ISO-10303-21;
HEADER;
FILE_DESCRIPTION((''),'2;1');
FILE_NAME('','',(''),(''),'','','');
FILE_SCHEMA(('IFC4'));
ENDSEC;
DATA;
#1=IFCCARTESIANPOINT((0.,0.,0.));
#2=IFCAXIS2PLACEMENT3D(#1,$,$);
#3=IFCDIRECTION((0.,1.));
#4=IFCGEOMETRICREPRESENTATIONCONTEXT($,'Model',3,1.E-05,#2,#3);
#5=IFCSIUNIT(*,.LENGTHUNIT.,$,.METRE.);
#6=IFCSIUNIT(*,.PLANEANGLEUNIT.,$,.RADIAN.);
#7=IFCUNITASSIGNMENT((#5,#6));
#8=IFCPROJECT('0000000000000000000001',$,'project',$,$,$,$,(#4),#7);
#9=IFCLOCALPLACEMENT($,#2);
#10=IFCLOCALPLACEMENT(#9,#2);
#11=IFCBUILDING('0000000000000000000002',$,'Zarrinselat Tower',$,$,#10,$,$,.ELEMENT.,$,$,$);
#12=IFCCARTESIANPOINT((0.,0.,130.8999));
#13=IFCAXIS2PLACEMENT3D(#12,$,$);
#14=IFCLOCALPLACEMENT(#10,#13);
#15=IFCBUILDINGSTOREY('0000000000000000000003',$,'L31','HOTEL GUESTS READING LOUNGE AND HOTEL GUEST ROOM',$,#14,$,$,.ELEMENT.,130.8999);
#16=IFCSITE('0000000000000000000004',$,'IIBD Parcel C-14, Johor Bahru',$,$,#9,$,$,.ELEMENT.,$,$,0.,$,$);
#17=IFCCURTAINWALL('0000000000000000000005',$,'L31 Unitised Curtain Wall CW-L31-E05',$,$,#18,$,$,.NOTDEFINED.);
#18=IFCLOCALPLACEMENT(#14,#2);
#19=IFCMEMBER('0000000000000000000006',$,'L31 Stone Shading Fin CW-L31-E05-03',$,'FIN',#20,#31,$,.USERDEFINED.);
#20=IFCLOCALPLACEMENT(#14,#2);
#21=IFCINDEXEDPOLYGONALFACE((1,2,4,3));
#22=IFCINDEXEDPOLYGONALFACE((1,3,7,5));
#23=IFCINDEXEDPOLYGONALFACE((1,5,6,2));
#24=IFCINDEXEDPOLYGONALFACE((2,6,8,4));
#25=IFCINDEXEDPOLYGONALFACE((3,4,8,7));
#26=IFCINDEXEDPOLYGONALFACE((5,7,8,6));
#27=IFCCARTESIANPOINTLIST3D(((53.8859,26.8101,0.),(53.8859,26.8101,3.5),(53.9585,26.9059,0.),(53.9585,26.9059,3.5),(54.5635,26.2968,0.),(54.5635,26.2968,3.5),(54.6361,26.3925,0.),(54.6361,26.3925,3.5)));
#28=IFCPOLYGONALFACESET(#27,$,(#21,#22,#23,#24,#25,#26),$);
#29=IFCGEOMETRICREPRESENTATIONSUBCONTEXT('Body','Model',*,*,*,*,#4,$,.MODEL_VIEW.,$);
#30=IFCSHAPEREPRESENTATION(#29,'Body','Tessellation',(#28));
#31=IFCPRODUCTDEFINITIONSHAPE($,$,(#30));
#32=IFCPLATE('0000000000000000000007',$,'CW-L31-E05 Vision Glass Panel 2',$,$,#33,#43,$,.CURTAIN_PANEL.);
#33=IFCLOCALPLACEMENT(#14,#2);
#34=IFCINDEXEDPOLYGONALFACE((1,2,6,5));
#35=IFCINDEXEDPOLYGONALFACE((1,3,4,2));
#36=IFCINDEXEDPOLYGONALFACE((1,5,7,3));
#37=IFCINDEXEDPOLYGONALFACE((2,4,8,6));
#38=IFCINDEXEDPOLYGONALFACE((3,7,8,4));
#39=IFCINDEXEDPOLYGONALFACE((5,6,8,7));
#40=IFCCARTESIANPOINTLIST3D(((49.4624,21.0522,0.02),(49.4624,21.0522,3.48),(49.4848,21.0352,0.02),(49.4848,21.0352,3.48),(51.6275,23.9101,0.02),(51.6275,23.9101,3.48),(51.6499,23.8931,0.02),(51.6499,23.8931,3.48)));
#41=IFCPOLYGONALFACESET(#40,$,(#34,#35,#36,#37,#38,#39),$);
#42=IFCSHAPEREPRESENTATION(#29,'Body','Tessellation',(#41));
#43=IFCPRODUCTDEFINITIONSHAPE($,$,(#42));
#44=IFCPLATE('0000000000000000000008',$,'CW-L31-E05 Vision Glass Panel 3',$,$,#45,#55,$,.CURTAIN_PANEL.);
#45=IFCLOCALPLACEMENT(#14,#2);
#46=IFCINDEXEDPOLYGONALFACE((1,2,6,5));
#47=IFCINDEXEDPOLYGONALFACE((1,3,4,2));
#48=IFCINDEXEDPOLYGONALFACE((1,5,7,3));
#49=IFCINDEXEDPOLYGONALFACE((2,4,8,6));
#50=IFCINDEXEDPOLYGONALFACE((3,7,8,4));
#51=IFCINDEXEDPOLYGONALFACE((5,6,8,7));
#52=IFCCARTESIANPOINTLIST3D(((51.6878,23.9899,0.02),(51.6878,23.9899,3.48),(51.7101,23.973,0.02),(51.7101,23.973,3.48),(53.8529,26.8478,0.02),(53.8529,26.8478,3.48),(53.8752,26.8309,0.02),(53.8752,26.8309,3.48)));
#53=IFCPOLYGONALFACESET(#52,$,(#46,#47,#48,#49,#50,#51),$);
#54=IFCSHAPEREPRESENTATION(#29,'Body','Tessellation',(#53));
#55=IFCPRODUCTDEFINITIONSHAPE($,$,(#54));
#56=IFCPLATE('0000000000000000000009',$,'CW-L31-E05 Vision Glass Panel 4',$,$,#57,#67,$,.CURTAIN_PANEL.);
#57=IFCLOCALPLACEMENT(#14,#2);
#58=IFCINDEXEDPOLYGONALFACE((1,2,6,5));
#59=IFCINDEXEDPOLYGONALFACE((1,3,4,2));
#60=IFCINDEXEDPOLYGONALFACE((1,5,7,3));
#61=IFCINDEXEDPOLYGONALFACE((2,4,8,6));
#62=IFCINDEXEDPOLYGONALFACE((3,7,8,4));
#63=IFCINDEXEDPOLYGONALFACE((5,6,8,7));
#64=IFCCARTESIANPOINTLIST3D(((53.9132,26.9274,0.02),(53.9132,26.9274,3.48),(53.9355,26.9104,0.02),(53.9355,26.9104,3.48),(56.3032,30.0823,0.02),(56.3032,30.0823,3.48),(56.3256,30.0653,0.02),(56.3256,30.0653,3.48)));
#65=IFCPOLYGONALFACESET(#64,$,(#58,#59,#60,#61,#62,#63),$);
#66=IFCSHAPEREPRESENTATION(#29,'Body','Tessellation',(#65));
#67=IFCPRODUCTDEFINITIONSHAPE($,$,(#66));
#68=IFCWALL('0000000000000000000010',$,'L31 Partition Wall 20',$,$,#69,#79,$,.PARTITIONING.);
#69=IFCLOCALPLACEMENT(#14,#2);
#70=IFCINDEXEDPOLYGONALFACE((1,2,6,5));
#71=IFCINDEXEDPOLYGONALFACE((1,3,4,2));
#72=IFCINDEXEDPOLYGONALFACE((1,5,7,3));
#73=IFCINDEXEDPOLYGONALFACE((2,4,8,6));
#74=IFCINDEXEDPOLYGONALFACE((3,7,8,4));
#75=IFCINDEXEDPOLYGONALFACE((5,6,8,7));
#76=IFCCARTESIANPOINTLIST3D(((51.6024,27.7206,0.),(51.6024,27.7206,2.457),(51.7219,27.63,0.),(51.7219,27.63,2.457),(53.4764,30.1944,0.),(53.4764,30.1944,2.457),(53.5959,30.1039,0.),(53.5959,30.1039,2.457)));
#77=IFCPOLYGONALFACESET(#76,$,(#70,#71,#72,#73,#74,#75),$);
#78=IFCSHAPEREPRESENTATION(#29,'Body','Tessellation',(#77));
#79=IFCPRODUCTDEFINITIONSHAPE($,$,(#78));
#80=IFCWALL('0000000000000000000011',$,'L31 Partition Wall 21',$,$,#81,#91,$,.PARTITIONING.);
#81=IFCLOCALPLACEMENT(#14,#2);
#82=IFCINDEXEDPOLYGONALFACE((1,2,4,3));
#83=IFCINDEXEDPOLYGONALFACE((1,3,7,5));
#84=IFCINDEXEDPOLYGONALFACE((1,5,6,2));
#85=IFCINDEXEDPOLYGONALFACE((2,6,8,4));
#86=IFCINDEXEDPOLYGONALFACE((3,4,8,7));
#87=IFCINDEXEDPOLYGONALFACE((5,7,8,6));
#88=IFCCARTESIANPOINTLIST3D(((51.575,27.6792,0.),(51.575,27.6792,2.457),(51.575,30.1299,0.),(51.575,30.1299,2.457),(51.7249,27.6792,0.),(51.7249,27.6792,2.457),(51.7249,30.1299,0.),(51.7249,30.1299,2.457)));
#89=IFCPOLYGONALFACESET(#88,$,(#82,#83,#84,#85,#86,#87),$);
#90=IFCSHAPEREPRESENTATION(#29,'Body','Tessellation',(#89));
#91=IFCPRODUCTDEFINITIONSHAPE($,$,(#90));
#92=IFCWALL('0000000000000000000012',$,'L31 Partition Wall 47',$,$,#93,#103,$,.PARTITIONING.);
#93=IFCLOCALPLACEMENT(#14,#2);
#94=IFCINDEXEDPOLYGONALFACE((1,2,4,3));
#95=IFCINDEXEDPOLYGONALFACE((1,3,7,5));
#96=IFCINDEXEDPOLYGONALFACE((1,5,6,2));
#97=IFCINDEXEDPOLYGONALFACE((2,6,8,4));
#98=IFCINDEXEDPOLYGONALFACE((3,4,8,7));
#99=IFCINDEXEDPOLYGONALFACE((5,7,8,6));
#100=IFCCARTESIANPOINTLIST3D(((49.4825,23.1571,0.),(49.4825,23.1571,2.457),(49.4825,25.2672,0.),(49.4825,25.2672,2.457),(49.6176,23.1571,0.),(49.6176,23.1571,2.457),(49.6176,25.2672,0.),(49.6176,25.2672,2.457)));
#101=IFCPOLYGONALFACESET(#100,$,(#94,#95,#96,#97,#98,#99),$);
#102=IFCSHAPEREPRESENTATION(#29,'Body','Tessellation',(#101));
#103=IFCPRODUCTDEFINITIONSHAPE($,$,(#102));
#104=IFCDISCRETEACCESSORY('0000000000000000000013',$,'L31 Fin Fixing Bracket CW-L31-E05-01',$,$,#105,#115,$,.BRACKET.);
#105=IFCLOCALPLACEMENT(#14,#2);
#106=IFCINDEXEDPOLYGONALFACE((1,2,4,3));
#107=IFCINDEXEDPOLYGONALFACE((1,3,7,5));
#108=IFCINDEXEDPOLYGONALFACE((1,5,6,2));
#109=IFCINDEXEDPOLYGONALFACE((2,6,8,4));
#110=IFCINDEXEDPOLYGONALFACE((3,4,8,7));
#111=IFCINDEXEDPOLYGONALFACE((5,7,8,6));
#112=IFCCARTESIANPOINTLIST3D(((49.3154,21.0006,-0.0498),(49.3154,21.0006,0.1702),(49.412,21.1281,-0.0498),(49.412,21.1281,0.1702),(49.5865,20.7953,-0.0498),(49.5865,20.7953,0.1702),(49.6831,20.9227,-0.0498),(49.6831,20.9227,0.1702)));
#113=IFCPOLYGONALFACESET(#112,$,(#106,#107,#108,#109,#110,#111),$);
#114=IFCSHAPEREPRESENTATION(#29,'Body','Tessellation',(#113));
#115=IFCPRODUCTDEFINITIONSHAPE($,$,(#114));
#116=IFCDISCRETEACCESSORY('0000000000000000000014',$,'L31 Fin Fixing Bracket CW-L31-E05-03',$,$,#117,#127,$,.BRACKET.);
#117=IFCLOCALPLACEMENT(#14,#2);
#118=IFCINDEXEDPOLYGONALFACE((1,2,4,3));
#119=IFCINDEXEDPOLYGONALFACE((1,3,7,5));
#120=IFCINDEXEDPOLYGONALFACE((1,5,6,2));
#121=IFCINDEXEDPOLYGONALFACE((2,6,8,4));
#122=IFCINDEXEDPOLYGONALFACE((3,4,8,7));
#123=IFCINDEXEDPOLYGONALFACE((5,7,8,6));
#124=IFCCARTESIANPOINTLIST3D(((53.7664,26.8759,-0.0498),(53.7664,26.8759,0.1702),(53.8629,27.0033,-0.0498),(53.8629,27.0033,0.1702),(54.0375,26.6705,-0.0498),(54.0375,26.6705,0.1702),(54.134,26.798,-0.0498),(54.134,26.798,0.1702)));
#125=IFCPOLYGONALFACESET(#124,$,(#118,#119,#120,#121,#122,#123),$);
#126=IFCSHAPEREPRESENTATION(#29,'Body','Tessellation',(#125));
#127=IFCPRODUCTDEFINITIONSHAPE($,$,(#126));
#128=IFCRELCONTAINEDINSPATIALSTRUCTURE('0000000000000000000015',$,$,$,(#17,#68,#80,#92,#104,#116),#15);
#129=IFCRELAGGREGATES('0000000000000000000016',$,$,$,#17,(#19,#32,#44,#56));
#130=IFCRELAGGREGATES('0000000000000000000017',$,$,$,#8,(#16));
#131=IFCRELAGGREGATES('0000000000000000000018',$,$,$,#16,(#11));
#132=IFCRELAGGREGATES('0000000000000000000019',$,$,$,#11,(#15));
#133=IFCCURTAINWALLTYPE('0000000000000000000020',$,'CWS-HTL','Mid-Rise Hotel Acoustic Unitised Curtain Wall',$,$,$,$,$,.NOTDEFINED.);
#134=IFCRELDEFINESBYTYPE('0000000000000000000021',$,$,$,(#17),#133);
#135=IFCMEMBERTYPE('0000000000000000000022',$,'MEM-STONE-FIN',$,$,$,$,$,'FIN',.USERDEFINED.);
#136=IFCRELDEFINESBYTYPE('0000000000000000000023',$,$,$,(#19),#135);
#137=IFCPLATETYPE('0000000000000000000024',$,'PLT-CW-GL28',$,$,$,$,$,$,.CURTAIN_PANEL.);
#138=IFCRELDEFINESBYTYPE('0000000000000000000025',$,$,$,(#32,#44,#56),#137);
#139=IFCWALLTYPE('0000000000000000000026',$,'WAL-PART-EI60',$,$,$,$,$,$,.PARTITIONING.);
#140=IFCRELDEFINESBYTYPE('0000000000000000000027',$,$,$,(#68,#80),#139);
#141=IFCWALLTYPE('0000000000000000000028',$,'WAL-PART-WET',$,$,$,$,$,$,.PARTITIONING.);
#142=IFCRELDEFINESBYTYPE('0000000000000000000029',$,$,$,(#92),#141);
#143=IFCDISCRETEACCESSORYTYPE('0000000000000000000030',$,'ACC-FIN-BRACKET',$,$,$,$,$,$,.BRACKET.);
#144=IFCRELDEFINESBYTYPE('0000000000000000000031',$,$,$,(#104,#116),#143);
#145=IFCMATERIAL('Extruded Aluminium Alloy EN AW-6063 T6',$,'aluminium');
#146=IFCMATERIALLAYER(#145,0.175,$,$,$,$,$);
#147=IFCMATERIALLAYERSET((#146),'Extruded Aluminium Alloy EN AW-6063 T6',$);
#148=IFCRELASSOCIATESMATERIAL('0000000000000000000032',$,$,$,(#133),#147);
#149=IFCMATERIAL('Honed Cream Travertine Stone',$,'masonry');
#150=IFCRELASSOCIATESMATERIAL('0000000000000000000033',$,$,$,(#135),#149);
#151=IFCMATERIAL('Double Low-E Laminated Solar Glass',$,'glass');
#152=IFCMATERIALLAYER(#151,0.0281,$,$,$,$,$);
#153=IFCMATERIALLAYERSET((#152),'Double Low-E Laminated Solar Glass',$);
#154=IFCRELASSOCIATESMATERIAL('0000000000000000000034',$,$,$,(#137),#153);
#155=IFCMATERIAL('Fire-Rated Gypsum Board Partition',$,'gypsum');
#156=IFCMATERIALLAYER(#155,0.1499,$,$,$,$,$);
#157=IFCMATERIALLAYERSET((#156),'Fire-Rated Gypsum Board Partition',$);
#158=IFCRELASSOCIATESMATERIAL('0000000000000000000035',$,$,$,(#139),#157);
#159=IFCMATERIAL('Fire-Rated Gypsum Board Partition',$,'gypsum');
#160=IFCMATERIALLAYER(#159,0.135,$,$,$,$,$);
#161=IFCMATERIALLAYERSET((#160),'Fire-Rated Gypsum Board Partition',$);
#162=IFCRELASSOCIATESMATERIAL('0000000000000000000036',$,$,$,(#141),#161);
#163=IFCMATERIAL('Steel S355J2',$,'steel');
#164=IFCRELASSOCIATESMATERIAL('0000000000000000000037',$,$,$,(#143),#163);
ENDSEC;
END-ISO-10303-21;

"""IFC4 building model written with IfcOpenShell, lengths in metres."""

from ifc_helpers import new_model, si_unit, direction, frame, frame_2d, origin, origin_2d, place, context, subcontext, project, spatial, rectangle, extrude, material, layer, layer_set, material_profile, profile_set, type_object, element, aggregate, save


model = new_model("IFC4")

# Units and contexts
model_context = context("Model", 3, precision=1e-05, world=origin(), true_north=direction((0.0, 1.0)))
body_context = subcontext(model_context, "Body", "Model", "MODEL_VIEW")
ifc_project = project(units=[si_unit("LENGTHUNIT", "METRE"), si_unit("PLANEANGLEUNIT", "RADIAN")], contexts=[model_context])

# Site, building, storey
site_placement = place(None, origin())
site = spatial("IfcSite", under=ifc_project, at=site_placement, Name="IIBD Parcel C-14, Johor Bahru", CompositionType="ELEMENT", RefElevation=0.0)
building_placement = place(site_placement, origin())
building = spatial("IfcBuilding", under=site, at=building_placement, Name="Zarrinselat Tower", CompositionType="ELEMENT")
storey_placement = place(building_placement, frame((0.0, 0.0, 130.8999)))
storey = spatial("IfcBuildingStorey", under=building, at=storey_placement, Name="L31", Description="HOTEL GUESTS READING LOUNGE AND HOTEL GUEST ROOM", CompositionType="ELEMENT", Elevation=130.8999)

# Curtain wall, member, plates
ifc_material_1 = material(Name="Extruded Aluminium Alloy EN AW-6063 T6", Category="aluminium")
ifc_layer_1 = layer(ifc_material_1, 0.175)
ifc_layer_set_1 = layer_set([ifc_layer_1], Name="Extruded Aluminium Alloy EN AW-6063 T6")
curtain_wall_type = type_object("IfcCurtainWallType", Name="CWS-HTL", Description="Mid-Rise Hotel Acoustic Unitised Curtain Wall", PredefinedType="NOTDEFINED", material=ifc_layer_set_1)
curtain_wall_placement = place(storey_placement, origin())
curtain_wall = element("IfcCurtainWall", 1, at=curtain_wall_placement, inside=storey, type_object=curtain_wall_type, Name="L31 Unitised Curtain Wall CW-L31-E05", PredefinedType="NOTDEFINED")
ifc_material_2 = material(Name="Honed Cream Travertine Stone", Category="masonry")
ifc_material_profile_1 = material_profile(ifc_material_2, rectangle(XDim=0.1201, YDim=0.8501, at=origin_2d()), Name="FIN 850x120")
ifc_profile_set_1 = profile_set([ifc_material_profile_1], Name="Honed Cream Travertine Stone")
member_type_1 = type_object("IfcMemberType", Name="MEM-STONE-FIN", ElementType="FIN", PredefinedType="USERDEFINED", material=ifc_profile_set_1)
member_1_placement = place(storey_placement, frame((54.261, 26.6013, 0.0), z_axis=(0.0, 0.0, 1.0), x_axis=(-0.603858, -0.797092, 0.0)))
member_1 = element("IfcMember", 2, at=member_1_placement, type_object=member_type_1, Name="L31 Stone Shading Fin CW-L31-E05-03", ObjectType="FIN", PredefinedType="USERDEFINED", context=body_context, shape_type="SweptSolid", body=[
    extrude(rectangle(XDim=0.1201, YDim=0.8501, at=origin_2d()), origin(), (0.0, 0.0, 1.0), 3.5),
])
ifc_material_3 = material(Name="Double Low-E Laminated Solar Glass", Category="glass")
ifc_layer_2 = layer(ifc_material_3, 0.0281)
ifc_layer_set_2 = layer_set([ifc_layer_2], Name="Double Low-E Laminated Solar Glass")
plate_type = type_object("IfcPlateType", Name="PLT-CW-GL28", PredefinedType="CURTAIN_PANEL", material=ifc_layer_set_2)
plate_1_placement = place(storey_placement, frame((50.5562, 22.4727, 0.02), z_axis=(0.0, 0.0, 1.0), x_axis=(0.603858, 0.797092, 0.0)))
plate_1 = element("IfcPlate", 3, at=plate_1_placement, type_object=plate_type, Name="CW-L31-E05 Vision Glass Panel 2", PredefinedType="CURTAIN_PANEL", context=body_context, shape_type="SweptSolid", body=[
    extrude(rectangle(XDim=3.5854, YDim=0.0281, at=origin_2d()), origin(), (0.0, 0.0, 1.0), 3.46),
])
plate_2_placement = place(storey_placement, frame((52.7815, 25.4104, 0.02), z_axis=(0.0, 0.0, 1.0), x_axis=(0.603858, 0.797092, 0.0)))
plate_2 = element("IfcPlate", 4, at=plate_2_placement, type_object=plate_type, Name="CW-L31-E05 Vision Glass Panel 3", PredefinedType="CURTAIN_PANEL", context=body_context, shape_type="SweptSolid", body=[
    extrude(rectangle(XDim=3.5854, YDim=0.0281, at=origin_2d()), origin(), (0.0, 0.0, 1.0), 3.46),
])
plate_3_placement = place(storey_placement, frame((55.1194, 28.4963, 0.02), z_axis=(0.0, 0.0, 1.0), x_axis=(0.603858, 0.797092, 0.0)))
plate_3 = element("IfcPlate", 5, at=plate_3_placement, type_object=plate_type, Name="CW-L31-E05 Vision Glass Panel 4", PredefinedType="CURTAIN_PANEL", context=body_context, shape_type="SweptSolid", body=[
    extrude(rectangle(XDim=3.958, YDim=0.0281, at=origin_2d()), origin(), (0.0, 0.0, 1.0), 3.46),
])
aggregate(curtain_wall, [member_1, plate_1, plate_2, plate_3])

# Walls
ifc_material_4 = material(Name="Fire-Rated Gypsum Board Partition", Category="gypsum")
ifc_layer_3 = layer(ifc_material_4, 0.1499)
ifc_layer_set_3 = layer_set([ifc_layer_3], Name="Fire-Rated Gypsum Board Partition")
wall_type_1 = type_object("IfcWallType", Name="WAL-PART-EI60", PredefinedType="PARTITIONING", material=ifc_layer_set_3)
wall_1_placement = place(storey_placement, frame((51.6621, 27.6753, 0.0), z_axis=(0.0, 0.0, 1.0), x_axis=(0.603832, 0.797112, 0.0)))
element("IfcWall", 6, at=wall_1_placement, inside=storey, type_object=wall_type_1, Name="L31 Partition Wall 20", PredefinedType="PARTITIONING", context=body_context, shape_type="SweptSolid", body=[
    extrude(rectangle(XDim=3.1035, YDim=0.1499, at=frame_2d((1.5518, 0.0))), origin(), (0.0, 0.0, 1.0), 2.457),
])
wall_2_placement = place(storey_placement, frame((51.6499, 27.6792, 0.0), z_axis=(0.0, 0.0, 1.0), x_axis=(0.0, 1.0, 0.0)))
element("IfcWall", 7, at=wall_2_placement, inside=storey, type_object=wall_type_1, Name="L31 Partition Wall 21", PredefinedType="PARTITIONING", context=body_context, shape_type="SweptSolid", body=[
    extrude(rectangle(XDim=2.4507, YDim=0.1499, at=frame_2d((1.2253, 0.0))), origin(), (0.0, 0.0, 1.0), 2.457),
])
ifc_material_5 = material(Name="Fire-Rated Gypsum Board Partition", Category="gypsum")
ifc_layer_4 = layer(ifc_material_5, 0.135)
ifc_layer_set_4 = layer_set([ifc_layer_4], Name="Fire-Rated Gypsum Board Partition")
wall_type_2 = type_object("IfcWallType", Name="WAL-PART-WET", PredefinedType="PARTITIONING", material=ifc_layer_set_4)
wall_3_placement = place(storey_placement, frame((49.55, 23.157, 0.0), z_axis=(0.0, 0.0, 1.0), x_axis=(0.0, 1.0, 0.0)))
element("IfcWall", 8, at=wall_3_placement, inside=storey, type_object=wall_type_2, Name="L31 Partition Wall 47", PredefinedType="PARTITIONING", context=body_context, shape_type="SweptSolid", body=[
    extrude(rectangle(XDim=2.1101, YDim=0.135, at=frame_2d((1.0552, 0.0))), origin(), (0.0, 0.0, 1.0), 2.457),
])

# Discrete accessories
ifc_material_6 = material(Name="Steel S355J2", Category="steel")
discrete_accessory_type = type_object("IfcDiscreteAccessoryType", Name="ACC-FIN-BRACKET", PredefinedType="BRACKET", material=ifc_material_6)
for number, where, z_axis, x_axis, name in (
    (9, (49.4993, 20.9617, -0.0498), (0.0, 0.0, 1.0), (0.797092, -0.603858, 0.0), "L31 Fin Fixing Bracket CW-L31-E05-01"),
    (10, (53.9502, 26.8369, -0.0498), (0.0, 0.0, 1.0), (0.797092, -0.603858, 0.0), "L31 Fin Fixing Bracket CW-L31-E05-03"),
):
    element("IfcDiscreteAccessory", number, at=place(storey_placement, frame(where, z_axis=z_axis, x_axis=x_axis)), inside=storey, type_object=discrete_accessory_type, Name=name, PredefinedType="BRACKET", context=body_context, shape_type="SweptSolid", body=[
        extrude(rectangle(XDim=0.3401, YDim=0.1599, at=origin_2d()), origin(), (0.0, 0.0, 1.0), 0.22),
    ])

save(model, "model.ifc")
